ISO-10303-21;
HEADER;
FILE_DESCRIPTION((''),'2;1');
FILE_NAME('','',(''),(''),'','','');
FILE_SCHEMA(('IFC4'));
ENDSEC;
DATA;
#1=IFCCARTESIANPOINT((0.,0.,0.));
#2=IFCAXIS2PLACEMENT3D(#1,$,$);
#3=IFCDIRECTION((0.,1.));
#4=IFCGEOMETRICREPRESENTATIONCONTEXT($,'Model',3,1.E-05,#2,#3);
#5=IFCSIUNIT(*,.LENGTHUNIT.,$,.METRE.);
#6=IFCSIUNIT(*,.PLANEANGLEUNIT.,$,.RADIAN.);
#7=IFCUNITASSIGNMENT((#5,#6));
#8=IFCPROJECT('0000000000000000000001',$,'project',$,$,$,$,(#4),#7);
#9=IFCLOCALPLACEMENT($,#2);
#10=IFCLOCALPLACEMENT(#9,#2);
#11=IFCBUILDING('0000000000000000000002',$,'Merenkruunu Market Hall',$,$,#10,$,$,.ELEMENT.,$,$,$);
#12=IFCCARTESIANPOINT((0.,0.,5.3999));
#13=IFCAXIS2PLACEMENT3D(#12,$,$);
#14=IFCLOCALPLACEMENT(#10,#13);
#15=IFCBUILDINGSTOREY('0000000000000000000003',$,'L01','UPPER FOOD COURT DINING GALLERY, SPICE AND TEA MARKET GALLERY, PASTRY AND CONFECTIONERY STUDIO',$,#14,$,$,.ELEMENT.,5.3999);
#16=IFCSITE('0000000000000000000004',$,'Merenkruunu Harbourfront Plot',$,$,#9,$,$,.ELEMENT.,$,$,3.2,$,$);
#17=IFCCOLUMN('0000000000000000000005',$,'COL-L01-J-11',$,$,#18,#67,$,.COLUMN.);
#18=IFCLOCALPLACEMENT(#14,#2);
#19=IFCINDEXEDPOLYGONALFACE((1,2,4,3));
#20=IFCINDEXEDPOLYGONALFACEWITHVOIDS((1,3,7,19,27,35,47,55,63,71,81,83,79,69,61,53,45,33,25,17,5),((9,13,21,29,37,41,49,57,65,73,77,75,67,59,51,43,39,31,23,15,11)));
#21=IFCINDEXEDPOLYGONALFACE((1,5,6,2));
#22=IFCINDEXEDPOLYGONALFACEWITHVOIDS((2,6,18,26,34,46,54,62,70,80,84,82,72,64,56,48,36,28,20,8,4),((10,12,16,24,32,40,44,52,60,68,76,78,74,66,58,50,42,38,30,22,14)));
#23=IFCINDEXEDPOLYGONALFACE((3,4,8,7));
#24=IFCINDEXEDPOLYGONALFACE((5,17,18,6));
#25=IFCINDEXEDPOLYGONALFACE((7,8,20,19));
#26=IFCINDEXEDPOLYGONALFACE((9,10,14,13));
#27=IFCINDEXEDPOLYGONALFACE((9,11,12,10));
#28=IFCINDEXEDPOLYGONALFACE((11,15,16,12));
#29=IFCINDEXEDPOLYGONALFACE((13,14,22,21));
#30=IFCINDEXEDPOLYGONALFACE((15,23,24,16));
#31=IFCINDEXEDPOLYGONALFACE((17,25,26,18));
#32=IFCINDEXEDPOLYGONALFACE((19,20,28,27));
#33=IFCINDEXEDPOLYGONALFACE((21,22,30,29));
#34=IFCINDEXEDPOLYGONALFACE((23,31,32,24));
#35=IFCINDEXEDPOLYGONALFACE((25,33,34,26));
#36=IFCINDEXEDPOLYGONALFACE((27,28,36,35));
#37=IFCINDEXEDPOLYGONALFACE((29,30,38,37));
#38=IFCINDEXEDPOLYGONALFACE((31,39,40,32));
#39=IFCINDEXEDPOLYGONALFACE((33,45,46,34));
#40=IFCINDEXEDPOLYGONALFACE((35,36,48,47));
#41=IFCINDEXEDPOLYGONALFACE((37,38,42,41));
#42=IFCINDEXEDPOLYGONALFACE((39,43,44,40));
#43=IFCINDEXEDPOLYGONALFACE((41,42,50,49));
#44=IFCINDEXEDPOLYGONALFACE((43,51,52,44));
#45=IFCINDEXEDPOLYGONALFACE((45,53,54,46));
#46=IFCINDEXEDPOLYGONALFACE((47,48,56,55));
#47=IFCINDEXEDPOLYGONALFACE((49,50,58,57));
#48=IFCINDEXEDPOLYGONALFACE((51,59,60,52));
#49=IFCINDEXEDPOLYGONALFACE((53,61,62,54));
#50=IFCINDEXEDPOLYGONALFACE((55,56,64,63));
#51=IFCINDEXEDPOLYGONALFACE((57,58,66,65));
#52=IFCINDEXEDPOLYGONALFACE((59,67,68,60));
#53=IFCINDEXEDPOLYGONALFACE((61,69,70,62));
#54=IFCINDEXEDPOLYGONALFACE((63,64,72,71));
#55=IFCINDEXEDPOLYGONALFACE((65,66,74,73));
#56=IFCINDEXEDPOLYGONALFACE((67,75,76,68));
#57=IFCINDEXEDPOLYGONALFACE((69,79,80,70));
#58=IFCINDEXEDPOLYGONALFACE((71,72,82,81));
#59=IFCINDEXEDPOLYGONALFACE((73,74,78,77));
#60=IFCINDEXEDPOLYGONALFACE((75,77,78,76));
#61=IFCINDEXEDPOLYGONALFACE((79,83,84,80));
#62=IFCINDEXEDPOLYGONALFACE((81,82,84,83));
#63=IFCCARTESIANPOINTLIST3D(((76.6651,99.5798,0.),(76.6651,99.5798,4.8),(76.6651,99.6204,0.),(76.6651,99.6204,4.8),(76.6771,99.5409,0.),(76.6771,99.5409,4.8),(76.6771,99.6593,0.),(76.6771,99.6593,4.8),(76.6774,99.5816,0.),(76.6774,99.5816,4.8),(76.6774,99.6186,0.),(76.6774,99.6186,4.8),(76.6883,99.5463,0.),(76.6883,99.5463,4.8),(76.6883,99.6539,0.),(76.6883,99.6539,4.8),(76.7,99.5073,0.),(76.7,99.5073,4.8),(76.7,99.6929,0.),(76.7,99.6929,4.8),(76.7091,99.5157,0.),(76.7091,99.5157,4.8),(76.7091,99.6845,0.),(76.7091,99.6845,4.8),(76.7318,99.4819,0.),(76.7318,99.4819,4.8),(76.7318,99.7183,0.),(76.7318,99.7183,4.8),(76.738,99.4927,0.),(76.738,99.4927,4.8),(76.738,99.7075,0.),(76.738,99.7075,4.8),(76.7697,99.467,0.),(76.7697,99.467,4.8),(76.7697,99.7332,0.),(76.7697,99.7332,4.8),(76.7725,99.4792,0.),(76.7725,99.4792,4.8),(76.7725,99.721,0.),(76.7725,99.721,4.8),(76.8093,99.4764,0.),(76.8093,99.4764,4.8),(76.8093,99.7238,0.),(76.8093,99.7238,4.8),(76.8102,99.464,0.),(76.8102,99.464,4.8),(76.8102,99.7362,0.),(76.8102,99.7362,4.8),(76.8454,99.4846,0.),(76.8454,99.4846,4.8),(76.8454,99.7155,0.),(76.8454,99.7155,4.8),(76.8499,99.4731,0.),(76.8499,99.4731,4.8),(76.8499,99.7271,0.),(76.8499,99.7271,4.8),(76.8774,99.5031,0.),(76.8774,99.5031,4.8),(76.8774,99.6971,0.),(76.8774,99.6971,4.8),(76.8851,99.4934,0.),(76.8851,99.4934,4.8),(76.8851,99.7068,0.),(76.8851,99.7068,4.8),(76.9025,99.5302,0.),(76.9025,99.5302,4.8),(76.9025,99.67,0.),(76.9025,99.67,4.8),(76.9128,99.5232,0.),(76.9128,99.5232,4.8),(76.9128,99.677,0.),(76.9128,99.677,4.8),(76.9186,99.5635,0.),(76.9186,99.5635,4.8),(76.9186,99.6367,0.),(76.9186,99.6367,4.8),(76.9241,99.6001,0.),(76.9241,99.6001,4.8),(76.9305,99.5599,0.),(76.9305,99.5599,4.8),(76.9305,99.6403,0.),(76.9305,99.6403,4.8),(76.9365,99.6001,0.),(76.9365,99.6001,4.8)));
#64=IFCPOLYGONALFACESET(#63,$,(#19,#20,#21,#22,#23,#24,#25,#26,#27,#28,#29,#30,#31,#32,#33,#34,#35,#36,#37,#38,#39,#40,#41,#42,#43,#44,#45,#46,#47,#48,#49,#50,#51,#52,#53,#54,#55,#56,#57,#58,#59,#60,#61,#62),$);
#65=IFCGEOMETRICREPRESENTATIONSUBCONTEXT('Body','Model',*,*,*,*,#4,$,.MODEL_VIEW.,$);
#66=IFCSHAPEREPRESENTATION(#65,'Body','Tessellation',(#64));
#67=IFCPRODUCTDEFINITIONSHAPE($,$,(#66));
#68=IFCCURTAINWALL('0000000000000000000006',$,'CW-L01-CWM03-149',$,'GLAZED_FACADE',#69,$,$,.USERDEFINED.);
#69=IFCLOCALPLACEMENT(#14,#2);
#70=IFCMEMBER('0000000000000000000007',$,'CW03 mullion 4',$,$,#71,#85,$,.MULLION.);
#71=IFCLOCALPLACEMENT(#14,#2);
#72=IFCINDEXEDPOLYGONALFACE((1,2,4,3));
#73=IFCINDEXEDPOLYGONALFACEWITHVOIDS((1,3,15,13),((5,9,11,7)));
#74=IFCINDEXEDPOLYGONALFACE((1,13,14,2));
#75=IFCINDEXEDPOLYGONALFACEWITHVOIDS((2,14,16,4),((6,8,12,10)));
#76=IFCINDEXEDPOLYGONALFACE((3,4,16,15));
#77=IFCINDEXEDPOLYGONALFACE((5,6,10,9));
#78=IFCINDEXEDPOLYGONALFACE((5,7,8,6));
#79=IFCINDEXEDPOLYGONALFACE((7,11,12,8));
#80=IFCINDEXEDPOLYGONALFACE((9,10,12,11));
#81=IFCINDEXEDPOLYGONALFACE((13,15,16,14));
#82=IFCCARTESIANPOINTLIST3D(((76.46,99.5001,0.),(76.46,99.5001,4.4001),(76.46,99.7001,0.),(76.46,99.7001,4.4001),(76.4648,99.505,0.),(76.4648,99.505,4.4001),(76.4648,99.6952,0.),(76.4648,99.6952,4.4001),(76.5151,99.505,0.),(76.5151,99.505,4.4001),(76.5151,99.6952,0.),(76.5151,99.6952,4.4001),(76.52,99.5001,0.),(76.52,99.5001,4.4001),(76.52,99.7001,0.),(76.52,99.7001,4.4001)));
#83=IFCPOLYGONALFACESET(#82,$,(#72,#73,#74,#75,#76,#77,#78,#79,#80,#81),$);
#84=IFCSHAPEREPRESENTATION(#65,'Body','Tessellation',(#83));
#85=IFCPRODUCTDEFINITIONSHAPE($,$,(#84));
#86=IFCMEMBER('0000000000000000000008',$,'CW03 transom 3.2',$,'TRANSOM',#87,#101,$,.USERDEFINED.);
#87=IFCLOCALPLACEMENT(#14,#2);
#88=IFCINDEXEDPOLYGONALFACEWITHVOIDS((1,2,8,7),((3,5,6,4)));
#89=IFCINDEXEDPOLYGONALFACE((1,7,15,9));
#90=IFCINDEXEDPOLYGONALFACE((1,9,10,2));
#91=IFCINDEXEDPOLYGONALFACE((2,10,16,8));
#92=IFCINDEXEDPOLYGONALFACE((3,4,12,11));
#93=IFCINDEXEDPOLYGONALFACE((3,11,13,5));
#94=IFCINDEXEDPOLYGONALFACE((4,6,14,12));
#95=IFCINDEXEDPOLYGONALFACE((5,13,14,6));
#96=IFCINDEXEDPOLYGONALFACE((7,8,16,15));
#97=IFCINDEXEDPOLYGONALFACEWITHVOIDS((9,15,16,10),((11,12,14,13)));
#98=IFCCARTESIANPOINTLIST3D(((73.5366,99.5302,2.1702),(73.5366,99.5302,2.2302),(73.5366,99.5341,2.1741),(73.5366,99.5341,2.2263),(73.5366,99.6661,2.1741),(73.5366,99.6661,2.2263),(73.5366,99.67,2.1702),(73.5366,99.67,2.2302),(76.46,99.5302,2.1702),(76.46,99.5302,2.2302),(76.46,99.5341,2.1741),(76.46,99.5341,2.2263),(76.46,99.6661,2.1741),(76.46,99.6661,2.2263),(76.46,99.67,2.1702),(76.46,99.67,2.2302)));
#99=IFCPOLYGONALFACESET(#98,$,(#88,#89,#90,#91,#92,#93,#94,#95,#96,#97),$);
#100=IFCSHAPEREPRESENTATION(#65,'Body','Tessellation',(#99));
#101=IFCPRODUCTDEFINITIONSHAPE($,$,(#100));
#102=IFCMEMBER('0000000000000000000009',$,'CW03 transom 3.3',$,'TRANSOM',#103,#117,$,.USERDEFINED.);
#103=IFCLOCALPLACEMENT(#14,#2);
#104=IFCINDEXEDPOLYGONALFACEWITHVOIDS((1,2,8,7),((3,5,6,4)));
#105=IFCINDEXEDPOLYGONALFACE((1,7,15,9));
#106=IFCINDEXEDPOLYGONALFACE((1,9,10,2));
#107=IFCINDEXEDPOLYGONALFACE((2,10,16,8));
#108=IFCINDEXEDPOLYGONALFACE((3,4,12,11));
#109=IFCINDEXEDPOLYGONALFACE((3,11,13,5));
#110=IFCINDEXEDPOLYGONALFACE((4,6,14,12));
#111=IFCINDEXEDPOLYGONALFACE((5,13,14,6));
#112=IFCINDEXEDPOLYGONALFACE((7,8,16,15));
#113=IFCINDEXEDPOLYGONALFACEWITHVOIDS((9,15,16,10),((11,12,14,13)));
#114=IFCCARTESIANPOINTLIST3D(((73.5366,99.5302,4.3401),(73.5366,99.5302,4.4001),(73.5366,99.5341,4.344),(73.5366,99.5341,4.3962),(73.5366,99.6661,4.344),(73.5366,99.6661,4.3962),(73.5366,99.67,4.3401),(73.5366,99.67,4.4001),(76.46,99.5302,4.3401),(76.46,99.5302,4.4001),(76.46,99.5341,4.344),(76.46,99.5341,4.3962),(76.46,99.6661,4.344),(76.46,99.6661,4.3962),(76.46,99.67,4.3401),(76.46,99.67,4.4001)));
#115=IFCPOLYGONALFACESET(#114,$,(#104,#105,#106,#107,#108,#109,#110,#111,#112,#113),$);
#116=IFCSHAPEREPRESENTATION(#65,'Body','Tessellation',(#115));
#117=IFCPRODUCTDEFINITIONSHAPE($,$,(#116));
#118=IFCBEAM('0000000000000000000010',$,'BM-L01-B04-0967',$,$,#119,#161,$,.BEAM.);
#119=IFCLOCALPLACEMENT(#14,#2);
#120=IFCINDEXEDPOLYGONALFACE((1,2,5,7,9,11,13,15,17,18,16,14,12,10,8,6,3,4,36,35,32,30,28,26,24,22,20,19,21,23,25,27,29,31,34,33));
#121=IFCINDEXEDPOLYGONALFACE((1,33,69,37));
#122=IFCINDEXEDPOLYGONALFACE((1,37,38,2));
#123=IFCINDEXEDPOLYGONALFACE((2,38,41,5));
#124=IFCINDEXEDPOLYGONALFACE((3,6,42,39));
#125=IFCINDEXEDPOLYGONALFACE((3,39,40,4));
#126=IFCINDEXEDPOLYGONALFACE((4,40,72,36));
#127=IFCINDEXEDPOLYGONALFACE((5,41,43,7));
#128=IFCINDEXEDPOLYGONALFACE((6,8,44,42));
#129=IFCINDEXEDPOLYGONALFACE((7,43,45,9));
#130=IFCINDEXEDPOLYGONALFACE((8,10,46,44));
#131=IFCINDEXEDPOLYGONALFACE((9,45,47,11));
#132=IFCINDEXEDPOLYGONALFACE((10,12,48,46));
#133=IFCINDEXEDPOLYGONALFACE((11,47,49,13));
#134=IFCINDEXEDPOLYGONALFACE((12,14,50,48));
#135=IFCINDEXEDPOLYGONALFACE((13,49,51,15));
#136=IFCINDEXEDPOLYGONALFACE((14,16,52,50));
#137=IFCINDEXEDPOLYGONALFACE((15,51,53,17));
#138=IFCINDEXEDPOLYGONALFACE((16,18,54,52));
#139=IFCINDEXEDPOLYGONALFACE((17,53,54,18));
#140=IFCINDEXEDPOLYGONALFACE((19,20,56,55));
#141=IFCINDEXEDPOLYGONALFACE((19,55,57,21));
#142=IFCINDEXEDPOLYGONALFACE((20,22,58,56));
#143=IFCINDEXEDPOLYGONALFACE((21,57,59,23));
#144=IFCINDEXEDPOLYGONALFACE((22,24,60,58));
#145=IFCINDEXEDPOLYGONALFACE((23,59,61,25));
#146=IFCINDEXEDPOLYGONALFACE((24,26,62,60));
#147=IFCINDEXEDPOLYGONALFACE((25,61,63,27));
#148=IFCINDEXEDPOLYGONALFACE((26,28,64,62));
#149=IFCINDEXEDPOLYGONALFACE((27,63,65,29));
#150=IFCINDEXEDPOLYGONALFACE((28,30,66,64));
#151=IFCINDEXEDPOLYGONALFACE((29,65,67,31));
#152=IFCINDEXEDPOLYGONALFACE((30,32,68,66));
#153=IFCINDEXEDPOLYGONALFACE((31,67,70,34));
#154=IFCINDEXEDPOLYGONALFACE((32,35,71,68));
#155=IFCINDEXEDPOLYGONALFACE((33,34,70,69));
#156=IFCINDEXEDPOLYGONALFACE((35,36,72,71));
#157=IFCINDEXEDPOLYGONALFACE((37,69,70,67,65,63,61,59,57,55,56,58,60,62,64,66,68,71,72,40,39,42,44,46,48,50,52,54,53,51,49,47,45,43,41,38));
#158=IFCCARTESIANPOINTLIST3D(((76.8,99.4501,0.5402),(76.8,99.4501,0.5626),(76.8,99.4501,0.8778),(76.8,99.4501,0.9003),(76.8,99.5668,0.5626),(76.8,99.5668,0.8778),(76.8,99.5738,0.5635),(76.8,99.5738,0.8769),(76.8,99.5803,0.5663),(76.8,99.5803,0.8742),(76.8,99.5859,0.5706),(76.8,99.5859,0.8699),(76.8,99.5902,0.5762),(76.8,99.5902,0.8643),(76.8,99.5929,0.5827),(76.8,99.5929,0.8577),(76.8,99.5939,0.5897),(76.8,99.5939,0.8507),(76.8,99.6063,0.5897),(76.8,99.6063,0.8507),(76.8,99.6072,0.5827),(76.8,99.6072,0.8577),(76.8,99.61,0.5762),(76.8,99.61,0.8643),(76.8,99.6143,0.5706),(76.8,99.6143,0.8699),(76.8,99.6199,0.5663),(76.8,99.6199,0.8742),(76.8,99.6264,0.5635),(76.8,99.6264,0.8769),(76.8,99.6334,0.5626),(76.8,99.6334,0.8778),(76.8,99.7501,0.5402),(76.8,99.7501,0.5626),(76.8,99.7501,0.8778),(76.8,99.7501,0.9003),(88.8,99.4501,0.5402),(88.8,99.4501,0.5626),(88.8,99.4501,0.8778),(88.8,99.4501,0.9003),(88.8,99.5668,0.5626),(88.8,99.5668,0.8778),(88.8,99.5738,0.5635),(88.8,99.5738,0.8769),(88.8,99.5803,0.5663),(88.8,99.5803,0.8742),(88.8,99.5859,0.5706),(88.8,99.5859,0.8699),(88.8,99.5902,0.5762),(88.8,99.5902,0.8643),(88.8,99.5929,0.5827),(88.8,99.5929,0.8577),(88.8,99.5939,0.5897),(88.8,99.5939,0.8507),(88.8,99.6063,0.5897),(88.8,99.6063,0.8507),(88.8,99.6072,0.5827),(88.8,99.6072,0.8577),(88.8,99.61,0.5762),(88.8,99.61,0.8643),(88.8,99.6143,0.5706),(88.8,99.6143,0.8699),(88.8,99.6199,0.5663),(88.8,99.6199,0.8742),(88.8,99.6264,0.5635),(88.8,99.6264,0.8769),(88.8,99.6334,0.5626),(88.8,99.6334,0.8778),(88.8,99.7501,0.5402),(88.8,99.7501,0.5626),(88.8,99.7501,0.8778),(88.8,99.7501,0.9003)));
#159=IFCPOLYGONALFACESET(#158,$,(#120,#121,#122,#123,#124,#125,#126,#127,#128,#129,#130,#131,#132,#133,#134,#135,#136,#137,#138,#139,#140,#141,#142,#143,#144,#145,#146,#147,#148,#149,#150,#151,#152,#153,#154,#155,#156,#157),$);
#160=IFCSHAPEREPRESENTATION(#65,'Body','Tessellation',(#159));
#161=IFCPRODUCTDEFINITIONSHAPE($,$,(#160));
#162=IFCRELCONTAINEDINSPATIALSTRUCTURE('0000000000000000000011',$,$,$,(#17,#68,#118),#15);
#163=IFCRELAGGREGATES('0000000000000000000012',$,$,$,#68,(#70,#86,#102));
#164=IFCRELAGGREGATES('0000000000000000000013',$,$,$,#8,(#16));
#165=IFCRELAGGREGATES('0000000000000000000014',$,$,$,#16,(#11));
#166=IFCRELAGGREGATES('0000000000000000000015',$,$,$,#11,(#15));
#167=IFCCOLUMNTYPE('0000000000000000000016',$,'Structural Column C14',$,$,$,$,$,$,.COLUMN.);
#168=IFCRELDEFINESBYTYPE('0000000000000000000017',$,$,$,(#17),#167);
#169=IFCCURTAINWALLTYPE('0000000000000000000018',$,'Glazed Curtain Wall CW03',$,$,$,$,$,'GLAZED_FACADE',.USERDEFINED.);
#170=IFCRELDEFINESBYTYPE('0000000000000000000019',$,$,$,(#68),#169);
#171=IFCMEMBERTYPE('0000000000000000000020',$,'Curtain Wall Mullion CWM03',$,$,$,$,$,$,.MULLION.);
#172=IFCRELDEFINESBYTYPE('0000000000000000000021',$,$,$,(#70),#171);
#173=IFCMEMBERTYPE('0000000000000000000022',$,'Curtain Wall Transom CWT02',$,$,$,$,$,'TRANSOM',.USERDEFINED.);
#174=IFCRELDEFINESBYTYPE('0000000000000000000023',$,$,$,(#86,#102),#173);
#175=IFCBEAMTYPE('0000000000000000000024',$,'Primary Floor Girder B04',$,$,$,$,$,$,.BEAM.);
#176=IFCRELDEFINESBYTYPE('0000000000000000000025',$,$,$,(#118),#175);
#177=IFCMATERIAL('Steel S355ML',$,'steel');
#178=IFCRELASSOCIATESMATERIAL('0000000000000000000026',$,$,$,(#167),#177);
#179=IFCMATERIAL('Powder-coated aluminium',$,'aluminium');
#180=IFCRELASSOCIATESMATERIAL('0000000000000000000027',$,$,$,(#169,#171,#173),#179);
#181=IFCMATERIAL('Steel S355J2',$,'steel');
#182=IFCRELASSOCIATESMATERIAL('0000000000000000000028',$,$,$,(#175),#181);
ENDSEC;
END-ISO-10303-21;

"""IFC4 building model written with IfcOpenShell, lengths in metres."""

from ifc_helpers import new_model, si_unit, direction, frame, origin, origin_2d, place, context, subcontext, project, spatial, hollow_rectangle, hollow_circle, i_section, extrude, material, material_profile, profile_set, type_object, element, aggregate, save


model = new_model("IFC4")

# Units and contexts
model_context = context("Model", 3, precision=1e-05, world=origin(), true_north=direction((0.0, 1.0)))
body_context = subcontext(model_context, "Body", "Model", "MODEL_VIEW")
ifc_project = project(units=[si_unit("LENGTHUNIT", "METRE"), si_unit("PLANEANGLEUNIT", "RADIAN")], contexts=[model_context])

# Site, building, storey
site_placement = place(None, origin())
site = spatial("IfcSite", under=ifc_project, at=site_placement, Name="Merenkruunu Harbourfront Plot", CompositionType="ELEMENT", RefElevation=3.2)
building_placement = place(site_placement, origin())
building = spatial("IfcBuilding", under=site, at=building_placement, Name="Merenkruunu Market Hall", CompositionType="ELEMENT")
storey_placement = place(building_placement, frame((0.0, 0.0, 5.3999)))
storey = spatial("IfcBuildingStorey", under=building, at=storey_placement, Name="L01", Description="UPPER FOOD COURT DINING GALLERY, SPICE AND TEA MARKET GALLERY, PASTRY AND CONFECTIONERY STUDIO", CompositionType="ELEMENT", Elevation=5.3999)

# Column
ifc_material_1 = material(Name="Steel S355ML", Category="steel")
ifc_material_profile_1 = material_profile(ifc_material_1, hollow_circle(Radius=0.1365, WallThickness=0.0125, at=origin_2d()), Name="CHS 273x12.5")
ifc_profile_set_1 = profile_set([ifc_material_profile_1], Name="Steel S355ML")
column_type = type_object("IfcColumnType", Name="Structural Column C14", PredefinedType="COLUMN", material=ifc_profile_set_1)
column_placement = place(storey_placement, frame((76.8, 99.6001, 0.0), z_axis=(0.0, 0.0, 1.0), x_axis=(1.0, 0.0, 0.0)))
element("IfcColumn", 1, at=column_placement, inside=storey, type_object=column_type, Name="COL-L01-J-11", PredefinedType="COLUMN", context=body_context, shape_type="SweptSolid", body=[
    extrude(hollow_circle(Radius=0.1365, WallThickness=0.0125, at=origin_2d()), origin(), (0.0, 0.0, 1.0), 4.8),
])

# Curtain wall, members
ifc_material_2 = material(Name="Powder-coated aluminium", Category="aluminium")
curtain_wall_type = type_object("IfcCurtainWallType", Name="Glazed Curtain Wall CW03", ElementType="GLAZED_FACADE", PredefinedType="USERDEFINED", material=ifc_material_2)
curtain_wall_placement = place(storey_placement, origin())
curtain_wall = element("IfcCurtainWall", 2, at=curtain_wall_placement, inside=storey, type_object=curtain_wall_type, Name="CW-L01-CWM03-149", ObjectType="GLAZED_FACADE", PredefinedType="USERDEFINED")
ifc_material_profile_2 = material_profile(ifc_material_2, hollow_rectangle(XDim=0.0601, YDim=0.2, WallThickness=0.0049, at=origin_2d()), Name="ALU 60x200x5")
ifc_profile_set_2 = profile_set([ifc_material_profile_2], Name="Powder-coated aluminium")
member_type_1 = type_object("IfcMemberType", Name="Curtain Wall Mullion CWM03", PredefinedType="MULLION", material=ifc_profile_set_2)
member_1_placement = place(storey_placement, frame((76.49, 99.6001, 0.0), z_axis=(0.0, 0.0, 1.0), x_axis=(1.0, 0.0, 0.0)))
member_1 = element("IfcMember", 3, at=member_1_placement, type_object=member_type_1, Name="CW03 mullion 4", PredefinedType="MULLION", context=body_context, shape_type="SweptSolid", body=[
    extrude(hollow_rectangle(XDim=0.0601, YDim=0.2, WallThickness=0.0049, at=origin_2d()), origin(), (0.0, 0.0, 1.0), 4.4001),
])
ifc_material_profile_3 = material_profile(ifc_material_2, hollow_rectangle(XDim=0.0601, YDim=0.1399, WallThickness=0.0039, at=origin_2d()), Name="ALU 60x140x4")
ifc_profile_set_3 = profile_set([ifc_material_profile_3], Name="Powder-coated aluminium")
member_type_2 = type_object("IfcMemberType", Name="Curtain Wall Transom CWT02", ElementType="TRANSOM", PredefinedType="USERDEFINED", material=ifc_profile_set_3)
member_2_placement = place(storey_placement, frame((73.5366, 99.6001, 2.2002), z_axis=(1.0, 0.0, 0.0), x_axis=(0.0, 0.0, 1.0)))
member_2 = element("IfcMember", 4, at=member_2_placement, type_object=member_type_2, Name="CW03 transom 3.2", ObjectType="TRANSOM", PredefinedType="USERDEFINED", context=body_context, shape_type="SweptSolid", body=[
    extrude(hollow_rectangle(XDim=0.0601, YDim=0.1399, WallThickness=0.0039, at=origin_2d()), origin(), (0.0, 0.0, 1.0), 2.9233),
])
member_3_placement = place(storey_placement, frame((73.5366, 99.6001, 4.3701), z_axis=(1.0, 0.0, 0.0), x_axis=(0.0, 0.0, 1.0)))
member_3 = element("IfcMember", 5, at=member_3_placement, type_object=member_type_2, Name="CW03 transom 3.3", ObjectType="TRANSOM", PredefinedType="USERDEFINED", context=body_context, shape_type="SweptSolid", body=[
    extrude(hollow_rectangle(XDim=0.0601, YDim=0.1399, WallThickness=0.0039, at=origin_2d()), origin(), (0.0, 0.0, 1.0), 2.9233),
])

# Beam
ifc_material_3 = material(Name="Steel S355J2", Category="steel")
ifc_material_profile_4 = material_profile(ifc_material_3, i_section(OverallWidth=0.3, OverallDepth=0.3601, WebThickness=0.0125, FlangeThickness=0.0225, FilletRadius=0.0271, at=origin_2d()), Name="HEB 360")
ifc_profile_set_4 = profile_set([ifc_material_profile_4], Name="Steel S355J2")
beam_type_1 = type_object("IfcBeamType", Name="Primary Floor Girder B04", PredefinedType="BEAM", material=ifc_profile_set_4)
for number, where, z_axis, x_axis, name in (
    (6, (76.8, 99.6001, 0.7202), (1.0, 0.0, 0.0), (0.0, 1.0, 0.0), "BM-L01-B04-0967"),
):
    element("IfcBeam", number, at=place(storey_placement, frame(where, z_axis=z_axis, x_axis=x_axis)), inside=storey, type_object=beam_type_1, Name=name, PredefinedType="BEAM", context=body_context, shape_type="SweptSolid", body=[
        extrude(i_section(OverallWidth=0.3, OverallDepth=0.3601, WebThickness=0.0125, FlangeThickness=0.0225, FilletRadius=0.0271, at=origin_2d()), origin(), (0.0, 0.0, 1.0), 12.0),
    ])

aggregate(curtain_wall, [member_1, member_2, member_3])

save(model, "model.ifc")
